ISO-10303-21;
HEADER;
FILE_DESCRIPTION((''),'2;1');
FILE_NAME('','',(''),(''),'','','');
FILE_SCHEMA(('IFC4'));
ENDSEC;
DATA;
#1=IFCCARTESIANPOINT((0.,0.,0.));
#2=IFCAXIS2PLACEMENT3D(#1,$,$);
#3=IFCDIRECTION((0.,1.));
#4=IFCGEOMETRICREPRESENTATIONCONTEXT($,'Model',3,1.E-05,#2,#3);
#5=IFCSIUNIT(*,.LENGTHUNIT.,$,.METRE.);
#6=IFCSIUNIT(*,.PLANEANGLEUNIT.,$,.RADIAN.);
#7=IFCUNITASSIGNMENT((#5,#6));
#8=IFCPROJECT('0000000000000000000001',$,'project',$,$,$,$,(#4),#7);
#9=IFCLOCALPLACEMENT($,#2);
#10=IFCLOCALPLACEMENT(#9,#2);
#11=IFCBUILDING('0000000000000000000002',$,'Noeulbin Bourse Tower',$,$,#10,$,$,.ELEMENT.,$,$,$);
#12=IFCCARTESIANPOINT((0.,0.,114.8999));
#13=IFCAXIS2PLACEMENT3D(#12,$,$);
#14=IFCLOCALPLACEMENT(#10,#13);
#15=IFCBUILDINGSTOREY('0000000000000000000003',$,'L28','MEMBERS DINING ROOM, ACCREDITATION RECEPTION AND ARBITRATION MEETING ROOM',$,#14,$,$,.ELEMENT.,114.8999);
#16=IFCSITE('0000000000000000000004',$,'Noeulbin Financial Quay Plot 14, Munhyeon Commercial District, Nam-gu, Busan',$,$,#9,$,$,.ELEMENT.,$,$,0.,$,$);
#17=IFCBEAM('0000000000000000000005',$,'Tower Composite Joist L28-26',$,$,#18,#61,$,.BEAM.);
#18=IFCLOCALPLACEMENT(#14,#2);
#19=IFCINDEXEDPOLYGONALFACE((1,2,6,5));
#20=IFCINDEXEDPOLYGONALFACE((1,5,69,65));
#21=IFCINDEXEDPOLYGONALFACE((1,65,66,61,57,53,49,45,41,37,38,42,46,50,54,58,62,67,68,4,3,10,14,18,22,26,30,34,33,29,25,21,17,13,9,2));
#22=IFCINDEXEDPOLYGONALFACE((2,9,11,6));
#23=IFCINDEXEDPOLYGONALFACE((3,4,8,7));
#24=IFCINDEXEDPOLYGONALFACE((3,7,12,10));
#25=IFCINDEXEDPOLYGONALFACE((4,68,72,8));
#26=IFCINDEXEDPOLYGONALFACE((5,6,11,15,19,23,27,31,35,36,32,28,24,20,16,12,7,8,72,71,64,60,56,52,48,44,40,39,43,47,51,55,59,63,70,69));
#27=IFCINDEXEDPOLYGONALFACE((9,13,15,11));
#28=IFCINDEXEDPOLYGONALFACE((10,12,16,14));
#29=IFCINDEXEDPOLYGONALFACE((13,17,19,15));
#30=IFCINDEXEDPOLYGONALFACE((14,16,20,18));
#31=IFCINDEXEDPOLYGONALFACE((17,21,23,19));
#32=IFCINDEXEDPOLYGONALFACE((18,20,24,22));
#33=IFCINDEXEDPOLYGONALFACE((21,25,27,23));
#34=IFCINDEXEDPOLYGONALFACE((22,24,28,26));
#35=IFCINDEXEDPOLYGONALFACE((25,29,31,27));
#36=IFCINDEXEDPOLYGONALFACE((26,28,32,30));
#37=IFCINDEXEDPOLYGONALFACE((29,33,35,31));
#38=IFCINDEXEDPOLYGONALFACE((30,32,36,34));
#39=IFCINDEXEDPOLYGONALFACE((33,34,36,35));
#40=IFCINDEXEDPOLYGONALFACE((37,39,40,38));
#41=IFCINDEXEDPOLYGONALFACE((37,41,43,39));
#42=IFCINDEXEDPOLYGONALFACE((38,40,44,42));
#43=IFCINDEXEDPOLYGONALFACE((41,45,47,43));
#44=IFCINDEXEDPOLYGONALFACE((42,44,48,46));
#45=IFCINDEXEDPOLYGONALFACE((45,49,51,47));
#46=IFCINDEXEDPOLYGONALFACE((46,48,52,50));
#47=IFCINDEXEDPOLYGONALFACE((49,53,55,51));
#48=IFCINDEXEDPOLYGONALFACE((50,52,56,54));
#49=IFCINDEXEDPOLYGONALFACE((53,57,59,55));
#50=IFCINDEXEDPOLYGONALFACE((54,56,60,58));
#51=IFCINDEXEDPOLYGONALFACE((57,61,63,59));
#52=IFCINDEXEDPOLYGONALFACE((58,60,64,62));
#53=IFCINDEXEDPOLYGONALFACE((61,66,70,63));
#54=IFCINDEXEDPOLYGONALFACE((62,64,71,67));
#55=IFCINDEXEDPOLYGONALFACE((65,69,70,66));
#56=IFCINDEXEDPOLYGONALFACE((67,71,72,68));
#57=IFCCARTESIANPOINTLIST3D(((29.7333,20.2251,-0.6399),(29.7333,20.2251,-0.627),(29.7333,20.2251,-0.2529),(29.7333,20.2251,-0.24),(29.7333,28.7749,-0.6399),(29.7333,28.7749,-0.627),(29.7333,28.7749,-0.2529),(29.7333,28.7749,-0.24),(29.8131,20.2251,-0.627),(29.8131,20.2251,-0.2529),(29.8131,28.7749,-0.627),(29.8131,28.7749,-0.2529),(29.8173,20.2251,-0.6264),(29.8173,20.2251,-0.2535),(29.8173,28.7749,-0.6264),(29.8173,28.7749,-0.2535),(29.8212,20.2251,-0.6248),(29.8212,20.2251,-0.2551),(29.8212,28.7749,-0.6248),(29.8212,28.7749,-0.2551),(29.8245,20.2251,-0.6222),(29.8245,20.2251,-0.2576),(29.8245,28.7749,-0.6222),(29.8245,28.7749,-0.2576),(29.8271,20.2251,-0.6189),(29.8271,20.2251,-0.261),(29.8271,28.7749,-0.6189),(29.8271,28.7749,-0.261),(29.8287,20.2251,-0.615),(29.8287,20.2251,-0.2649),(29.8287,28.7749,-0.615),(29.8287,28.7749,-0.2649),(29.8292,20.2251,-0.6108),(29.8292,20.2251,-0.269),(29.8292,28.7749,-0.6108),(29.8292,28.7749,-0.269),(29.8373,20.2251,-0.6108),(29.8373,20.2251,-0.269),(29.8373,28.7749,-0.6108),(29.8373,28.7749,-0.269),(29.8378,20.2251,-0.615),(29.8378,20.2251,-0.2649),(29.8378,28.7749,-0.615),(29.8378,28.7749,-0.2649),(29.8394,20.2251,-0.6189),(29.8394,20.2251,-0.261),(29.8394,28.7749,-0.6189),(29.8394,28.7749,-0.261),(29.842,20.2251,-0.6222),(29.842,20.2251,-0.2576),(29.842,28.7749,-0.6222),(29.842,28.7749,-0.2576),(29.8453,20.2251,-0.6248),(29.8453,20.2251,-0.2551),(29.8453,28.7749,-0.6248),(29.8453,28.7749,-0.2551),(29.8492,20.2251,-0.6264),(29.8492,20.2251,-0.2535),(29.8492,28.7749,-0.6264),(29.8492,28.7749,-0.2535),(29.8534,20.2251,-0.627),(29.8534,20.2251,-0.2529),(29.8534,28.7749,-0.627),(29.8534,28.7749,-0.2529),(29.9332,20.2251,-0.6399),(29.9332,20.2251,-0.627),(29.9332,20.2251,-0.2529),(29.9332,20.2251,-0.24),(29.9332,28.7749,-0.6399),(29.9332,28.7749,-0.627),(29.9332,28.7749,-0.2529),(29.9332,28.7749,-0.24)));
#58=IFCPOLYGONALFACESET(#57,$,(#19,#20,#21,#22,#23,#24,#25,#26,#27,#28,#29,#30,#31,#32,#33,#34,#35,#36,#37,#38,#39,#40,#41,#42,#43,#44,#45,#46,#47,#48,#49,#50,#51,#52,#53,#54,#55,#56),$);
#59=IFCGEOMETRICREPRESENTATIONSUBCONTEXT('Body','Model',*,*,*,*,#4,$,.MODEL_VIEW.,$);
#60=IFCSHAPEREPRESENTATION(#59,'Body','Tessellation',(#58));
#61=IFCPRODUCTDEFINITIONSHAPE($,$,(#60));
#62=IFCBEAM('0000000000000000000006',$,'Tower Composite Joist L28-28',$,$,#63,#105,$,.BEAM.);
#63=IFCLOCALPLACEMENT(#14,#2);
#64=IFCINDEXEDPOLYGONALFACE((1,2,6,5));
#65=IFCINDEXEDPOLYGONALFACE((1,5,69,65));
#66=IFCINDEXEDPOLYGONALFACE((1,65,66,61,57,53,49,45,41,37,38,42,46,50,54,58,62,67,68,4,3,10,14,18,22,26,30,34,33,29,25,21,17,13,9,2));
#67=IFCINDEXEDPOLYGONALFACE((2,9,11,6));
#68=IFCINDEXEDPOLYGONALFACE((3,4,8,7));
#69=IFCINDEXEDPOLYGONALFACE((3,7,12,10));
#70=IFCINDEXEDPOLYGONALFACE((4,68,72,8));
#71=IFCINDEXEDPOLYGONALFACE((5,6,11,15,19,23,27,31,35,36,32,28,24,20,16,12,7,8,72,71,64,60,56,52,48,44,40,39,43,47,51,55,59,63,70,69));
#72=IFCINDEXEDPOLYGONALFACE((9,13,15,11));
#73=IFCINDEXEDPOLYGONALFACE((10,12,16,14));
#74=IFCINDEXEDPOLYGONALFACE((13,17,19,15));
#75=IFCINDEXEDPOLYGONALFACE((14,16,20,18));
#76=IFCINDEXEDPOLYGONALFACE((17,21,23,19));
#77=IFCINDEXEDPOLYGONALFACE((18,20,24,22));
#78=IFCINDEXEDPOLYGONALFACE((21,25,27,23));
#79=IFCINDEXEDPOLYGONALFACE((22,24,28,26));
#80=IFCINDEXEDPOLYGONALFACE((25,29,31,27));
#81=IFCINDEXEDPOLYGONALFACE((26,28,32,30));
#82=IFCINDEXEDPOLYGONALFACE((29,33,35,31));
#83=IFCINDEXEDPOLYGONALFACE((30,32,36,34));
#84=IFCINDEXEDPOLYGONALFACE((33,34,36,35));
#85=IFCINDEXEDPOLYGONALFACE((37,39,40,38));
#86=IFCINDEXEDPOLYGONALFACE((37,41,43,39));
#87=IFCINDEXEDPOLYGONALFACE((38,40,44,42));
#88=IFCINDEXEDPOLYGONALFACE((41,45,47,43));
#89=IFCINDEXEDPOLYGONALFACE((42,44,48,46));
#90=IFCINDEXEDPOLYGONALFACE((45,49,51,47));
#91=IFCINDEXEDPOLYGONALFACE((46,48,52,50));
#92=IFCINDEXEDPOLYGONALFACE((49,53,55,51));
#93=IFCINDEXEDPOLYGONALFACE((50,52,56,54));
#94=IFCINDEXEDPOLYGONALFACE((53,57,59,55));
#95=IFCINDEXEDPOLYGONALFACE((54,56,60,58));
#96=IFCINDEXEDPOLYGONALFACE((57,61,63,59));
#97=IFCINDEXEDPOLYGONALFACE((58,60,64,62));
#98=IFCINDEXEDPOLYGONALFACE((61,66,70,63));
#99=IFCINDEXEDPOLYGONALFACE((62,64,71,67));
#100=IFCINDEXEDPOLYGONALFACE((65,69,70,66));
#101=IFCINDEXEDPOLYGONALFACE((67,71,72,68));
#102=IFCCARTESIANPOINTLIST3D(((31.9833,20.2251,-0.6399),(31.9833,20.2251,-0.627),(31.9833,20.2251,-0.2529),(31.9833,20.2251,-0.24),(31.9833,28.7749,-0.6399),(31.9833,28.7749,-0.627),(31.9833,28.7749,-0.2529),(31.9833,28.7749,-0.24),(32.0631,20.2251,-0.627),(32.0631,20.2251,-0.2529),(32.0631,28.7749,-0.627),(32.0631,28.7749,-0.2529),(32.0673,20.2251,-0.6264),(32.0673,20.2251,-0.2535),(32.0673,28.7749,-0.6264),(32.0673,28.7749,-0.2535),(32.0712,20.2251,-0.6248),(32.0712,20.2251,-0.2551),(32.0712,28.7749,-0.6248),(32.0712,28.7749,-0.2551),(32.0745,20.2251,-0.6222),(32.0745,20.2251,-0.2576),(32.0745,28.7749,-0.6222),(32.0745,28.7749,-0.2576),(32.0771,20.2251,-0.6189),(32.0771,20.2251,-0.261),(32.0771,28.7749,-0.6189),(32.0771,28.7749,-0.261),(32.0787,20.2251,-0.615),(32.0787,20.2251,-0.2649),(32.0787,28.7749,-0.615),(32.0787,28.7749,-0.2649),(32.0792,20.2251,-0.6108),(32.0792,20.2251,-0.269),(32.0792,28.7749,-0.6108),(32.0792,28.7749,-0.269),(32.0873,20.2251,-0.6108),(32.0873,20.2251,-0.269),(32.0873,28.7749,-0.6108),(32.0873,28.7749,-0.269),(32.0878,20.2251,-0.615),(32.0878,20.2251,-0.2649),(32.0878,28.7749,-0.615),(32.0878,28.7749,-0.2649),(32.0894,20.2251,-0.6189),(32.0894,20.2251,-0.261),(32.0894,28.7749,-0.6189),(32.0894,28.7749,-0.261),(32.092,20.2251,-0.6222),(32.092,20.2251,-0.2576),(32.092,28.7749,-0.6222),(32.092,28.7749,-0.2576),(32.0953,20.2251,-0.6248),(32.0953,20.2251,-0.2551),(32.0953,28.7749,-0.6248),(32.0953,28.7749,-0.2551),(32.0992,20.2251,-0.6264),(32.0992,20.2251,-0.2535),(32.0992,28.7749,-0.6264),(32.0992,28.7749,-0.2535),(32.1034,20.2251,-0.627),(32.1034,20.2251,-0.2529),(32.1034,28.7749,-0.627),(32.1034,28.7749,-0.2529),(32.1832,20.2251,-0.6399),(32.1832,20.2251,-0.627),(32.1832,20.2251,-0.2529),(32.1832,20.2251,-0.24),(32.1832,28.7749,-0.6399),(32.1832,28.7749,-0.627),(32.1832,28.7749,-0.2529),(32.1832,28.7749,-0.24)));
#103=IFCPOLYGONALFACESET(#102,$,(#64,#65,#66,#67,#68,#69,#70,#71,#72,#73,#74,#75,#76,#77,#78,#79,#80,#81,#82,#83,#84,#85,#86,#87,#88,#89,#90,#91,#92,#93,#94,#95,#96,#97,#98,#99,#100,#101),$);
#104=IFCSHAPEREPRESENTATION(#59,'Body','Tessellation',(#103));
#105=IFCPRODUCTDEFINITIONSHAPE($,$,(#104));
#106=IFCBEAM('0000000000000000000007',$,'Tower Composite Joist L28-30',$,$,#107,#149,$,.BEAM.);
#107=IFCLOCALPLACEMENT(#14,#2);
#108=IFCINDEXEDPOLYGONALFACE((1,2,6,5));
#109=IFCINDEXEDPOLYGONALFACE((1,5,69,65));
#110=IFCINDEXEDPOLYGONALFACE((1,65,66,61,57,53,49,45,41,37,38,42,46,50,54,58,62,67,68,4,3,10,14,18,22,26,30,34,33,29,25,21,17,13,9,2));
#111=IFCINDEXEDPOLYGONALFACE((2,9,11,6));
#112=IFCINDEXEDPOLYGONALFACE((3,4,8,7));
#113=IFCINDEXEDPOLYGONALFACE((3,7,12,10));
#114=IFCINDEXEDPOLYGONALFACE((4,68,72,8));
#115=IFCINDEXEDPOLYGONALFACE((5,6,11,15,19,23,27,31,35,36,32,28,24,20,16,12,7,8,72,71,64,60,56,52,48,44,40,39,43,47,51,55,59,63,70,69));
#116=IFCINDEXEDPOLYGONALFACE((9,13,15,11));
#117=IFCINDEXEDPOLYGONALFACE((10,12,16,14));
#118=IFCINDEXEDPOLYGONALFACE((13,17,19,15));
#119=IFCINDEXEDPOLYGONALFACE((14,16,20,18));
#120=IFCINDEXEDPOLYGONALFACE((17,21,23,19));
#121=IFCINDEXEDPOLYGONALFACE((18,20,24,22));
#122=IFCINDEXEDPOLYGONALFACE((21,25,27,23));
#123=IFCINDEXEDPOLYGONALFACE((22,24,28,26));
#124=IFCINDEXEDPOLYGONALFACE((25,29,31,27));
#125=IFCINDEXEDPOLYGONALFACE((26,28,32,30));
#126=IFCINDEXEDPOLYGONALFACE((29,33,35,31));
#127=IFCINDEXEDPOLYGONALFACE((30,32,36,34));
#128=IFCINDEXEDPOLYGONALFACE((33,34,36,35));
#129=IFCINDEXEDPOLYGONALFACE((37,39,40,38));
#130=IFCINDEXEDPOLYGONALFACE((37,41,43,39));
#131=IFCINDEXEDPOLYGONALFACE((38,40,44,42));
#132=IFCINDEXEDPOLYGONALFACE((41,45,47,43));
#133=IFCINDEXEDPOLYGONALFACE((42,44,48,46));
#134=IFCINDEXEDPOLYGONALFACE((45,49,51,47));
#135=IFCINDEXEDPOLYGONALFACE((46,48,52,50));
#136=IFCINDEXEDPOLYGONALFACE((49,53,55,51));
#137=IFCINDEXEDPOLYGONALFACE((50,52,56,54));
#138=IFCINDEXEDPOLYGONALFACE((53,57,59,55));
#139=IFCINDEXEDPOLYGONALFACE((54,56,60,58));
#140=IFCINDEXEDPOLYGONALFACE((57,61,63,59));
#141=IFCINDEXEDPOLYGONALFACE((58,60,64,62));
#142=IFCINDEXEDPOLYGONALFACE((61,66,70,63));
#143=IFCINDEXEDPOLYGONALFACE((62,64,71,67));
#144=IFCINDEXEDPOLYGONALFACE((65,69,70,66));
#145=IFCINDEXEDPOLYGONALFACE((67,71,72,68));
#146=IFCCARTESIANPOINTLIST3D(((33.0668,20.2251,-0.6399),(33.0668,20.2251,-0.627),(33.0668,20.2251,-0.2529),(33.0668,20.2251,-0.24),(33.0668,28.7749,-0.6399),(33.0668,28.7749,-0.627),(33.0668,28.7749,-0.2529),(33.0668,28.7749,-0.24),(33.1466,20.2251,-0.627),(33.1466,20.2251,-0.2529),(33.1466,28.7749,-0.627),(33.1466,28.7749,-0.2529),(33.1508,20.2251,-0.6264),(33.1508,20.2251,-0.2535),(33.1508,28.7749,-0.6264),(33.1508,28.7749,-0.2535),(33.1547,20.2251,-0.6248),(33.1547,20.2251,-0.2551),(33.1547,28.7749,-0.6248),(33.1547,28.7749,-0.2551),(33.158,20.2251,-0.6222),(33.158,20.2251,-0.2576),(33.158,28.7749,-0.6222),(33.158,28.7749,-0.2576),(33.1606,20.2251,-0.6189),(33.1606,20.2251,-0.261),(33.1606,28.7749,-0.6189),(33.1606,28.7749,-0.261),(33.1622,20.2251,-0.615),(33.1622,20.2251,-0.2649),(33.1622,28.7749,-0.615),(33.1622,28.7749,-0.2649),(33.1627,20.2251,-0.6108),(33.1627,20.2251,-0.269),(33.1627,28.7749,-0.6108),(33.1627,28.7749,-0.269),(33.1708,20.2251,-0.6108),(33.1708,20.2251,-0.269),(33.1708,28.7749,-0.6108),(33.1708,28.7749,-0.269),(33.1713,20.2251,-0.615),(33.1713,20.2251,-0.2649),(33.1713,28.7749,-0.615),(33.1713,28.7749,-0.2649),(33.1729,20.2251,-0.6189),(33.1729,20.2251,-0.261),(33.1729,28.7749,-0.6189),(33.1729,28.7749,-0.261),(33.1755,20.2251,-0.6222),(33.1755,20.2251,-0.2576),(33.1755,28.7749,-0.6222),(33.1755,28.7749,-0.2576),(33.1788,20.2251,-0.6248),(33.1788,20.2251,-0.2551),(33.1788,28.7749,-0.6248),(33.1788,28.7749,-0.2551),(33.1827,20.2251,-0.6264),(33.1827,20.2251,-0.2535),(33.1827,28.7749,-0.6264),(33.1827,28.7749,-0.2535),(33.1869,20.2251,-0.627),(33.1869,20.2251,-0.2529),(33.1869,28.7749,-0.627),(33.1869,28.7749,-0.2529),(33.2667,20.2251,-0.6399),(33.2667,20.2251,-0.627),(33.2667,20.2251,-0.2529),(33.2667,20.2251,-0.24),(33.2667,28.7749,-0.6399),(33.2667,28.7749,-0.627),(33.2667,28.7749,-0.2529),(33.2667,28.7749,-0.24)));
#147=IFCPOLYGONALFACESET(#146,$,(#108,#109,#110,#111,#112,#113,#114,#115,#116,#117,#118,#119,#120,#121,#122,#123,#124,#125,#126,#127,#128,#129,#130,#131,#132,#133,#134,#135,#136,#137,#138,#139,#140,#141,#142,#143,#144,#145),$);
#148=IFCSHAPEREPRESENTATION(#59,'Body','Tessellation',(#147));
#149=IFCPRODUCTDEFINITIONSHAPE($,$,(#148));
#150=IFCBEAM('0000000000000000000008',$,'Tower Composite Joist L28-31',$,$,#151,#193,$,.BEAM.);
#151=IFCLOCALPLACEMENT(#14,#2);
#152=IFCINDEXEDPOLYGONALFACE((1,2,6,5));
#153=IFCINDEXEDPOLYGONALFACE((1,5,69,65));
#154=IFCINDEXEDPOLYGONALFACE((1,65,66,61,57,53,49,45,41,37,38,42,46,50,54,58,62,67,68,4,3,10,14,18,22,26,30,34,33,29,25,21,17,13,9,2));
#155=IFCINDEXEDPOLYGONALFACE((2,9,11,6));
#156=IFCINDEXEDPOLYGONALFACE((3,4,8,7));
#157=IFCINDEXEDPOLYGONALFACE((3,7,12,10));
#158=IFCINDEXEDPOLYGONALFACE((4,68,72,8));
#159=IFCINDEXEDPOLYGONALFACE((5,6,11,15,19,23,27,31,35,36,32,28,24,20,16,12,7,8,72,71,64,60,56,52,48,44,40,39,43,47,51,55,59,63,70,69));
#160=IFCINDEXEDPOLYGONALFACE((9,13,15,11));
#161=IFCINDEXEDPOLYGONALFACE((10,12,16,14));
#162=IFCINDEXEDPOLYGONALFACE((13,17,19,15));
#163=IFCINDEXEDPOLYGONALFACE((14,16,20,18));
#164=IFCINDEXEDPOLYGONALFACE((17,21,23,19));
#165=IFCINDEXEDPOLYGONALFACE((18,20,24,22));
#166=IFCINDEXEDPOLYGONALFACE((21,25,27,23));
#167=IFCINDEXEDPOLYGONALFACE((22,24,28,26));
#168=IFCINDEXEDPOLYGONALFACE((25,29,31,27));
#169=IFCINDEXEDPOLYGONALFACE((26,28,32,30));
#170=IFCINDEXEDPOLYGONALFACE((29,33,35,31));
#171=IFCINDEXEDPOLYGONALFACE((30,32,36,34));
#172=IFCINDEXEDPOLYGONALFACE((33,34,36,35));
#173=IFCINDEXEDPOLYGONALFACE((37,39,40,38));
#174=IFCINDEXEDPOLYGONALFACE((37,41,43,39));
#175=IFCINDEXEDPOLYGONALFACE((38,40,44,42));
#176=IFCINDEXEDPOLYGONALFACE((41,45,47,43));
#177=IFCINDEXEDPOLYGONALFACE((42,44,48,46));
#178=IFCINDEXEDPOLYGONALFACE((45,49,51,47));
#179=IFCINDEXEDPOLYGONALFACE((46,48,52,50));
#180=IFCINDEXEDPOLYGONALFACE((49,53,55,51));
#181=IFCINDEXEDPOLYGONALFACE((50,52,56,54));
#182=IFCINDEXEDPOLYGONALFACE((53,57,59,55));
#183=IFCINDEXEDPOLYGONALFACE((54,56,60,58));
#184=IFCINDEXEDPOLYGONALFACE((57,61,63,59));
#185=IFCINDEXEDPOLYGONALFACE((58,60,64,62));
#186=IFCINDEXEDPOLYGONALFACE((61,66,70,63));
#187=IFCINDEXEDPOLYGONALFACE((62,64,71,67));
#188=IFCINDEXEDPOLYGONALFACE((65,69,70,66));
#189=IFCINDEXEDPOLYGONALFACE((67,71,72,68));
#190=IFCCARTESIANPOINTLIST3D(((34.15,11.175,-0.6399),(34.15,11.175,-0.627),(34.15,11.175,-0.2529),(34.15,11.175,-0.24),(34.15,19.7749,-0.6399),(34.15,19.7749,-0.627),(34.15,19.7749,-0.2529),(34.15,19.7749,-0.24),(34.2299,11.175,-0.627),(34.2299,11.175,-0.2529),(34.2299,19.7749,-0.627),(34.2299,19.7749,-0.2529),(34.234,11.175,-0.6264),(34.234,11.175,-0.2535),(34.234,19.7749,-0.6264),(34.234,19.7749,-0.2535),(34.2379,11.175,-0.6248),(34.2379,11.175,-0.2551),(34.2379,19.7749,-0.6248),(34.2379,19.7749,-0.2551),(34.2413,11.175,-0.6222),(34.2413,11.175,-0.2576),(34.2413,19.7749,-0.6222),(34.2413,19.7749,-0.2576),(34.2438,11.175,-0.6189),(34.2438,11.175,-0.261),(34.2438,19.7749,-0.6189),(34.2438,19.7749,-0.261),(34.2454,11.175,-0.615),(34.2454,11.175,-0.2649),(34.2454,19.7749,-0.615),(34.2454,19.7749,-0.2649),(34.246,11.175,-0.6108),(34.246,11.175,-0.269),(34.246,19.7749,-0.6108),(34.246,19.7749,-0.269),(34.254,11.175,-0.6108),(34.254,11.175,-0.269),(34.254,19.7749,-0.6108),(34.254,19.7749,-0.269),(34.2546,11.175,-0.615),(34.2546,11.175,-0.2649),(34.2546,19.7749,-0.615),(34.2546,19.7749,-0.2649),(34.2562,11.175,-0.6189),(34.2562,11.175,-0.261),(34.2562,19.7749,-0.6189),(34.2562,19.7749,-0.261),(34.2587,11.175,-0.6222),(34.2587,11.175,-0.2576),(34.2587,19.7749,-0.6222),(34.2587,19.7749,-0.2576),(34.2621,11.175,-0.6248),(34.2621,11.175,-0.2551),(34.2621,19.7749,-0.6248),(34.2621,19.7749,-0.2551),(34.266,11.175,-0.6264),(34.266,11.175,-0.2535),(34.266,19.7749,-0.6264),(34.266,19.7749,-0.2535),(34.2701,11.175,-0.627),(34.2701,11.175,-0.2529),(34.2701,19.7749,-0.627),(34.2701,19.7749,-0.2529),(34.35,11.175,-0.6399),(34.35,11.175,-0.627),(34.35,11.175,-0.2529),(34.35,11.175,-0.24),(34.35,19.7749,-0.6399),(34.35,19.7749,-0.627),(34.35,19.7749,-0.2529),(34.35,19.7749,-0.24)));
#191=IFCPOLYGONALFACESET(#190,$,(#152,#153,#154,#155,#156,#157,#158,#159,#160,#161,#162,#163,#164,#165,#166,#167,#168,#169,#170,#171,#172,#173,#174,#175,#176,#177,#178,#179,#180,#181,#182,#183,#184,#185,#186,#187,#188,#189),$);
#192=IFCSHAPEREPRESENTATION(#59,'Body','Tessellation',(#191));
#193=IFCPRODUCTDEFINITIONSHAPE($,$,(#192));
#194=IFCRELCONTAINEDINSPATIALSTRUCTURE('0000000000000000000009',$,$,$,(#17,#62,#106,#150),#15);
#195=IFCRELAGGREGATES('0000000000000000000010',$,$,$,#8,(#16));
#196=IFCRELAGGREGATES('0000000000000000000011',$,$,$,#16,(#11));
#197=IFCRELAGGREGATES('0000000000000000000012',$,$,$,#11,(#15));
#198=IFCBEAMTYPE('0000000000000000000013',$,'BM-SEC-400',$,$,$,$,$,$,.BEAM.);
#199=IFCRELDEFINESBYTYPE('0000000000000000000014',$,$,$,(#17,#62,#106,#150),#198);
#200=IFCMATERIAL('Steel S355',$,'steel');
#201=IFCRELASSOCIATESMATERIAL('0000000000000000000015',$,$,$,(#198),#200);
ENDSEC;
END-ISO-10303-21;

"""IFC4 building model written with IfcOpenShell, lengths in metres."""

from ifc_helpers import new_model, si_unit, direction, frame, origin, origin_2d, place, context, subcontext, project, spatial, i_section, extrude, material, material_profile, profile_set, type_object, element, save


model = new_model("IFC4")

# Units and contexts
model_context = context("Model", 3, precision=1e-05, world=origin(), true_north=direction((0.0, 1.0)))
body_context = subcontext(model_context, "Body", "Model", "MODEL_VIEW")
ifc_project = project(units=[si_unit("LENGTHUNIT", "METRE"), si_unit("PLANEANGLEUNIT", "RADIAN")], contexts=[model_context])

# Site, building, storey
site_placement = place(None, origin())
site = spatial("IfcSite", under=ifc_project, at=site_placement, Name="Noeulbin Financial Quay Plot 14, Munhyeon Commercial District, Nam-gu, Busan", CompositionType="ELEMENT", RefElevation=0.0)
building_placement = place(site_placement, origin())
building = spatial("IfcBuilding", under=site, at=building_placement, Name="Noeulbin Bourse Tower", CompositionType="ELEMENT")
storey_placement = place(building_placement, frame((0.0, 0.0, 114.8999)))
storey = spatial("IfcBuildingStorey", under=building, at=storey_placement, Name="L28", Description="MEMBERS DINING ROOM, ACCREDITATION RECEPTION AND ARBITRATION MEETING ROOM", CompositionType="ELEMENT", Elevation=114.8999)

# Beams
ifc_material_1 = material(Name="Steel S355", Category="steel")
ifc_material_profile_1 = material_profile(ifc_material_1, i_section(OverallWidth=0.2, OverallDepth=0.3999, WebThickness=0.0081, FlangeThickness=0.0129, FilletRadius=0.0161, at=origin_2d()), Name="H-400x200x8x13", Category="LoadBearing")
ifc_profile_set_1 = profile_set([ifc_material_profile_1], Name="Steel S355")
beam_type_1 = type_object("IfcBeamType", Name="BM-SEC-400", PredefinedType="BEAM", material=ifc_profile_set_1)
for number, where, z_axis, x_axis, name in (
    (1, (29.8333, 20.2251, -0.4399), (0.0, 1.0, 0.0), (-1.0, 0.0, 0.0), "Tower Composite Joist L28-26"),
    (2, (32.0833, 20.2251, -0.4399), (0.0, 1.0, 0.0), (-1.0, 0.0, 0.0), "Tower Composite Joist L28-28"),
    (3, (33.1667, 20.2251, -0.4399), (0.0, 1.0, 0.0), (-1.0, 0.0, 0.0), "Tower Composite Joist L28-30"),
):
    element("IfcBeam", number, at=place(storey_placement, frame(where, z_axis=z_axis, x_axis=x_axis)), inside=storey, type_object=beam_type_1, Name=name, PredefinedType="BEAM", context=body_context, shape_type="SweptSolid", body=[
        extrude(i_section(OverallWidth=0.2, OverallDepth=0.3999, WebThickness=0.0081, FlangeThickness=0.0129, FilletRadius=0.0161, at=origin_2d()), origin(), (0.0, 0.0, 1.0), 8.5498),
    ])
beam_1_placement = place(storey_placement, frame((34.25, 11.175, -0.4399), z_axis=(0.0, 1.0, 0.0), x_axis=(-1.0, 0.0, 0.0)))
element("IfcBeam", 4, at=beam_1_placement, inside=storey, type_object=beam_type_1, Name="Tower Composite Joist L28-31", PredefinedType="BEAM", context=body_context, shape_type="SweptSolid", body=[
    extrude(i_section(OverallWidth=0.2, OverallDepth=0.3999, WebThickness=0.0081, FlangeThickness=0.0129, FilletRadius=0.0161, at=origin_2d()), origin(), (0.0, 0.0, 1.0), 8.5999),
])

save(model, "model.ifc")
